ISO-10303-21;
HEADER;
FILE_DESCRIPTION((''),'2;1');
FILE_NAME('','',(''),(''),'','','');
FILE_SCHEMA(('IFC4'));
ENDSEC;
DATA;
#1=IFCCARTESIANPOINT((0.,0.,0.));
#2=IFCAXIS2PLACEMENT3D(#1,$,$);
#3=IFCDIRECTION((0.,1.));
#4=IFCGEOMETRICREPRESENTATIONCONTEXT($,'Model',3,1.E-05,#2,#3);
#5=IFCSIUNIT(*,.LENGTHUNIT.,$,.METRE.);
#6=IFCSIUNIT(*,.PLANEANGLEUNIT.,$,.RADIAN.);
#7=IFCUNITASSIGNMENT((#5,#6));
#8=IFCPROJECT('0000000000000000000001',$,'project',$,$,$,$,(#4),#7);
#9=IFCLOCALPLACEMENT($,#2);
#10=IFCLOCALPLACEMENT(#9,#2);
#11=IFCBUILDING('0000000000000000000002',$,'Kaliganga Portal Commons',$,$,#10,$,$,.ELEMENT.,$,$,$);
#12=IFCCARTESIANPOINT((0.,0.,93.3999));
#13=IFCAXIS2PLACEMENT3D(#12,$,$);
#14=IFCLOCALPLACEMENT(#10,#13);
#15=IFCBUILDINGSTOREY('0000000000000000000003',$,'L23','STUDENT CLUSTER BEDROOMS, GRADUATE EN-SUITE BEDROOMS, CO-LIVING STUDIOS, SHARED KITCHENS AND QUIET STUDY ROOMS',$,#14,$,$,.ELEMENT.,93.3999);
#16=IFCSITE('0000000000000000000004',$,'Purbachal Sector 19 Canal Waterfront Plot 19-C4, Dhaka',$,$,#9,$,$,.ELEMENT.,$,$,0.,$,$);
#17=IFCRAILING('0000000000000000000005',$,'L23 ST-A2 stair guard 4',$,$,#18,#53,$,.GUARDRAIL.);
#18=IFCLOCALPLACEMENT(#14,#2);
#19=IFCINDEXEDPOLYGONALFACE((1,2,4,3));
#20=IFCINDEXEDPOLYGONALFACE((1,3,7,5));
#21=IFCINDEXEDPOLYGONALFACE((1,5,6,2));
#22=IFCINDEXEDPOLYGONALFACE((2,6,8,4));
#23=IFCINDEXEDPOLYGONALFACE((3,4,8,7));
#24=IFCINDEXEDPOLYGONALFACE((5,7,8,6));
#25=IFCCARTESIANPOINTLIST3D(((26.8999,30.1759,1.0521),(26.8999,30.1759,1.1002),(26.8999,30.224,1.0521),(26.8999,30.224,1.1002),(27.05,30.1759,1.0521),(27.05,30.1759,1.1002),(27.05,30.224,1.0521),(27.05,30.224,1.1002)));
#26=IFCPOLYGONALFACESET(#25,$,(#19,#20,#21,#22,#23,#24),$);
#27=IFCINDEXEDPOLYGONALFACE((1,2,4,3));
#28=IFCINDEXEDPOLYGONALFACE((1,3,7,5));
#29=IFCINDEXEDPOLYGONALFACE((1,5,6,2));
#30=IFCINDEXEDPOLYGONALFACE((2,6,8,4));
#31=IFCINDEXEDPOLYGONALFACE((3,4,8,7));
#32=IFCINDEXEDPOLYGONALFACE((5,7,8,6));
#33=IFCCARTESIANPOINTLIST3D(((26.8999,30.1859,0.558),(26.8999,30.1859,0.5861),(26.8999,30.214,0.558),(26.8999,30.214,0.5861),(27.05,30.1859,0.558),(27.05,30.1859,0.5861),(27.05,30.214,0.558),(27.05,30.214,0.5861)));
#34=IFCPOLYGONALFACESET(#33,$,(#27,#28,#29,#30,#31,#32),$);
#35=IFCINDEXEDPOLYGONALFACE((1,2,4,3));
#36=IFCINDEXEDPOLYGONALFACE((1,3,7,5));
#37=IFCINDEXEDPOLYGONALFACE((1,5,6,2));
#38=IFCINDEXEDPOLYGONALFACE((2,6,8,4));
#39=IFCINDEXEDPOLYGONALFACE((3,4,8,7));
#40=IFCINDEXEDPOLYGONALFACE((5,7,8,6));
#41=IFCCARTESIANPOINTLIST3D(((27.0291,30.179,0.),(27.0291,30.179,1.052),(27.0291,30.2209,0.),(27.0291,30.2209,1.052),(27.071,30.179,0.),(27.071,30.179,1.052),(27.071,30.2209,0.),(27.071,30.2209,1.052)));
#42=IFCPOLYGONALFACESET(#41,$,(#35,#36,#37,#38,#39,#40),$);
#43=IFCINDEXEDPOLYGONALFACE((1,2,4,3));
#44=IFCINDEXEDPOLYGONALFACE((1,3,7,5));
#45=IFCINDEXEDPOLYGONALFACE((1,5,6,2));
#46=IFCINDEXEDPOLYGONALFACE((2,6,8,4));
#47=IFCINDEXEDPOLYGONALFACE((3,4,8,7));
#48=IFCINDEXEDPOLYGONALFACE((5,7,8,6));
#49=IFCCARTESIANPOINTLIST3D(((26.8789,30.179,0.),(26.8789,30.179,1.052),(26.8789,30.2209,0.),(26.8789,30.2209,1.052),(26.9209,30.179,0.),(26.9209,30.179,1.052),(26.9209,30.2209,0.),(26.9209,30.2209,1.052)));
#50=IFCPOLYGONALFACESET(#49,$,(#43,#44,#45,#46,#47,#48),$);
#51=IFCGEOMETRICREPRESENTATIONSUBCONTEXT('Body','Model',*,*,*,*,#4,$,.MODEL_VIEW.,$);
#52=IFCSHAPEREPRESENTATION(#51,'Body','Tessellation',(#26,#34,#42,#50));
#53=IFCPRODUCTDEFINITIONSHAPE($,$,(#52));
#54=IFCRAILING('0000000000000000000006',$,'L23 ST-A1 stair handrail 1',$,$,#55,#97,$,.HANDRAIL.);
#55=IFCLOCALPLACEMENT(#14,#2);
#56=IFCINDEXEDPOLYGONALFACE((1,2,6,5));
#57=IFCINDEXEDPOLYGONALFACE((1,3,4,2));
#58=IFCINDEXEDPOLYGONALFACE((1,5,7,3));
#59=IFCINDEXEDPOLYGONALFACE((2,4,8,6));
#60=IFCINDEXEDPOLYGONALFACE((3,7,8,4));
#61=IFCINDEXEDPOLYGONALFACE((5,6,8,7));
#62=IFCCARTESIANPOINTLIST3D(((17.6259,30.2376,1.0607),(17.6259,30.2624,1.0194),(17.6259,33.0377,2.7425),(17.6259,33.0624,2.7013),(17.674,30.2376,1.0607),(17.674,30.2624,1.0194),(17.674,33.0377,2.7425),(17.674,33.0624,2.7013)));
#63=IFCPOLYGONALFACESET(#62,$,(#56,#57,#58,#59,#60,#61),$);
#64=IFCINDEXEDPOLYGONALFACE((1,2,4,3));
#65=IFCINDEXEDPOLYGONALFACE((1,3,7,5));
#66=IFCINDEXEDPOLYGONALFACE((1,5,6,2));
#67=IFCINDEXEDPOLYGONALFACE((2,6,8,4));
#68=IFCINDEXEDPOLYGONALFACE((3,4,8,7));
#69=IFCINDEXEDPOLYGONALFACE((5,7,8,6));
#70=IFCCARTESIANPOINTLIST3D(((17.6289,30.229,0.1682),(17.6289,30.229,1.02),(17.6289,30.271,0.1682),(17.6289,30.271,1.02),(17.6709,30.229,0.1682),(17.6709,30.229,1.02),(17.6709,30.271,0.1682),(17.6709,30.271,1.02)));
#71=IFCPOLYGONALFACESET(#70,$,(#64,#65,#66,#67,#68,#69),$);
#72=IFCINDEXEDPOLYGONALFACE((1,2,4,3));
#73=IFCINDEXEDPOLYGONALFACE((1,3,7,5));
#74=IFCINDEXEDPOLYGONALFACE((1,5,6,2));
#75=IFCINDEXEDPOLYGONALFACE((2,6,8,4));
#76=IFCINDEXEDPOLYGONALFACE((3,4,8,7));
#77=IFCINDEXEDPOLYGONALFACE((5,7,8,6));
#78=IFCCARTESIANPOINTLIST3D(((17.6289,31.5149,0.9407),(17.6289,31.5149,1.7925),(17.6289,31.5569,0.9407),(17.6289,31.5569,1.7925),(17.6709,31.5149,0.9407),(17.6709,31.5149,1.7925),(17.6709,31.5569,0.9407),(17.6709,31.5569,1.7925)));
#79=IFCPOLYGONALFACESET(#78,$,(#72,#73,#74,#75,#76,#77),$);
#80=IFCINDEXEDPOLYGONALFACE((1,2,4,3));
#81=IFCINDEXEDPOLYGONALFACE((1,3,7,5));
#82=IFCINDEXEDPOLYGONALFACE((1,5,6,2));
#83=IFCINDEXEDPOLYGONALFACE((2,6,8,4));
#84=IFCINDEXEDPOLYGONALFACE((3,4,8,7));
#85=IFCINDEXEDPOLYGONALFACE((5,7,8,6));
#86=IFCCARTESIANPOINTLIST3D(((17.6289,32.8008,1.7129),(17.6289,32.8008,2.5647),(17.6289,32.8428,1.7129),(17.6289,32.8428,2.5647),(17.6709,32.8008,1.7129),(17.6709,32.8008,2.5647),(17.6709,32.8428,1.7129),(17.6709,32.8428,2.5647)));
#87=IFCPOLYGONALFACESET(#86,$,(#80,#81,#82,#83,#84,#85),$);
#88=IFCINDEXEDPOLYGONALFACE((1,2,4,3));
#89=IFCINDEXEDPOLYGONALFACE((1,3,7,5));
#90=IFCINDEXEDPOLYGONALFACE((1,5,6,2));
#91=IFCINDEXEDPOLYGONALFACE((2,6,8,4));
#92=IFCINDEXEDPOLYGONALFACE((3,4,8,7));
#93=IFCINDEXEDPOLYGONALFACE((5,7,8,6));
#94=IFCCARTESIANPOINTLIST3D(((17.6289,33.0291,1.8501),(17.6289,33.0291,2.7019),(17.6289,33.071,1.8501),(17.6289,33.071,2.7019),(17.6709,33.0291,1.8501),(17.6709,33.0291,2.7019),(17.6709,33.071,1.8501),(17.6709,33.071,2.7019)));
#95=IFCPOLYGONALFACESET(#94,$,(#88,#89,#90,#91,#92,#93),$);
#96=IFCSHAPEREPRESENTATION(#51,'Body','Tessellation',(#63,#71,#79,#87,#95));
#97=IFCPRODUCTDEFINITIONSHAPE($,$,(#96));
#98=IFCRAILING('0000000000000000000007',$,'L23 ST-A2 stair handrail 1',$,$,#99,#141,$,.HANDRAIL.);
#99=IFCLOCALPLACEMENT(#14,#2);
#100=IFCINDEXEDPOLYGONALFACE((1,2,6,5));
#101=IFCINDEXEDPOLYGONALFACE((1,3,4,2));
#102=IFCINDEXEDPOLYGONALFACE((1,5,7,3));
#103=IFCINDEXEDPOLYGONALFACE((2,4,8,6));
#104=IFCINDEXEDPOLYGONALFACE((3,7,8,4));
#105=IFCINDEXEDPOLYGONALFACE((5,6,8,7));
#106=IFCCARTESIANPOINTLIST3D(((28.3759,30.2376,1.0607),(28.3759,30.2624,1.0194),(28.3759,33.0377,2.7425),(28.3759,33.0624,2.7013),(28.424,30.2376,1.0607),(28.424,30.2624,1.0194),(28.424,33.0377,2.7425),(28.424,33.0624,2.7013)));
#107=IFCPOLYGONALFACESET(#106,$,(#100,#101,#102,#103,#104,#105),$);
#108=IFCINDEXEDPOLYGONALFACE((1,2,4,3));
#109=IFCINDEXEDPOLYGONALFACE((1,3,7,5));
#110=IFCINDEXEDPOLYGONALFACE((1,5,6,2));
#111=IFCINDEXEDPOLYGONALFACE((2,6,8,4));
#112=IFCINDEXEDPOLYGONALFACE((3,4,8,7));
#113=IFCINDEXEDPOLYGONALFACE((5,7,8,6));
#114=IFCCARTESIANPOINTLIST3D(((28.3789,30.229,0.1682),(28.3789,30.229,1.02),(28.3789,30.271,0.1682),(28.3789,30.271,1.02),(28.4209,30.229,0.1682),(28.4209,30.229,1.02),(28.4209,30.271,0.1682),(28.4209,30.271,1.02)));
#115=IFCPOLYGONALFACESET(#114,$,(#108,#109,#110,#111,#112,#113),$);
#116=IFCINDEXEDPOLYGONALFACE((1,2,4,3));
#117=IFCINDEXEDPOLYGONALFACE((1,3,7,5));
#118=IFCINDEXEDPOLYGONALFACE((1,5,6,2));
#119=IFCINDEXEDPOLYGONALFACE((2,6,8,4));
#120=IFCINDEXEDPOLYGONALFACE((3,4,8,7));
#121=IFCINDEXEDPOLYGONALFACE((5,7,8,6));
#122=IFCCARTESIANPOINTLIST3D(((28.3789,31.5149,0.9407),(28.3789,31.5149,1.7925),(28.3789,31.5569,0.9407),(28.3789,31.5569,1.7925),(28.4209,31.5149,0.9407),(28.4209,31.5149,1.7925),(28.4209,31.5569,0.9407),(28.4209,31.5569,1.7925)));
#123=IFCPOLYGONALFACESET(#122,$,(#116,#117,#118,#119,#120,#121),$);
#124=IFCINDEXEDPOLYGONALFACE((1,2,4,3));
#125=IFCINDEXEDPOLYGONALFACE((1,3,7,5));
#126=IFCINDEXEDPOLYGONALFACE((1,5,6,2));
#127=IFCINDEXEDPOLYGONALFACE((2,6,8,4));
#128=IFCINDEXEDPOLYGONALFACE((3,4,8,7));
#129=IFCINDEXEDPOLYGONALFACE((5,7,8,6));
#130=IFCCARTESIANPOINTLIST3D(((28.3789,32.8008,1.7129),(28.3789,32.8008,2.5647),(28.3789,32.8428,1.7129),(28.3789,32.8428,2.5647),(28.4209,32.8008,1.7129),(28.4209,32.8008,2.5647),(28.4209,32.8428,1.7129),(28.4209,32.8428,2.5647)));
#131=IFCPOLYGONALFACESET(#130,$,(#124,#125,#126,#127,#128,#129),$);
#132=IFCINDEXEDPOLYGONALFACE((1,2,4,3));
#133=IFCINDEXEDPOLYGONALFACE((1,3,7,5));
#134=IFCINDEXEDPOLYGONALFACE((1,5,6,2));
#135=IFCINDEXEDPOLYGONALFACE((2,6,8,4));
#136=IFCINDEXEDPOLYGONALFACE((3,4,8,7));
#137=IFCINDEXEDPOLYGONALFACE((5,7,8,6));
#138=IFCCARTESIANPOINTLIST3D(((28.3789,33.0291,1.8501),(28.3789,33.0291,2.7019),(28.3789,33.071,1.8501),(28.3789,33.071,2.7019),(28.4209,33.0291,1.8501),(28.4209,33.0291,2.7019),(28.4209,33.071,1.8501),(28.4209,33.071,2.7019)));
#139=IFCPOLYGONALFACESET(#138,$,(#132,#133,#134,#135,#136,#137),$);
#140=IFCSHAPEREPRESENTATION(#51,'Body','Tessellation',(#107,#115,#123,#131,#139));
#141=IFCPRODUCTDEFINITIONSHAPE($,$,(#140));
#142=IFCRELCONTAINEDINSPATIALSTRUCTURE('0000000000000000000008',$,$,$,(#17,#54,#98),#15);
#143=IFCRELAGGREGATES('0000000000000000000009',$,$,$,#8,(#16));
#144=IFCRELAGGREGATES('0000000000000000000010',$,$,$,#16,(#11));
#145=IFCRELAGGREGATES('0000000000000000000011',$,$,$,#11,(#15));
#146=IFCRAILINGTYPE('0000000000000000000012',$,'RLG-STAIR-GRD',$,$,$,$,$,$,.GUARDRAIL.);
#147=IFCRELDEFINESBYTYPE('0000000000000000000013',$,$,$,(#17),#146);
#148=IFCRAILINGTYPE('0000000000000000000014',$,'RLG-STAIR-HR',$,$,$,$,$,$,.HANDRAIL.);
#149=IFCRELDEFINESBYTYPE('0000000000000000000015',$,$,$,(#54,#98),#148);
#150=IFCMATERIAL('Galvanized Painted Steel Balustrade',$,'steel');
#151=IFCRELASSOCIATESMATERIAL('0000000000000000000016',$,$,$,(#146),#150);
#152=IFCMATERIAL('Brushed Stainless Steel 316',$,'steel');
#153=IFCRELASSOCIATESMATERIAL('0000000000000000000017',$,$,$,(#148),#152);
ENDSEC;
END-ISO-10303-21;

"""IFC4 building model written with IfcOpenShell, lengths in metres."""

from ifc_helpers import new_model, si_unit, direction, frame, origin, origin_2d, place, context, subcontext, project, spatial, rectangle, extrude, material, type_object, element, save


model = new_model("IFC4")

# Units and contexts
model_context = context("Model", 3, precision=1e-05, world=origin(), true_north=direction((0.0, 1.0)))
body_context = subcontext(model_context, "Body", "Model", "MODEL_VIEW")
ifc_project = project(units=[si_unit("LENGTHUNIT", "METRE"), si_unit("PLANEANGLEUNIT", "RADIAN")], contexts=[model_context])

# Site, building, storey
site_placement = place(None, origin())
site = spatial("IfcSite", under=ifc_project, at=site_placement, Name="Purbachal Sector 19 Canal Waterfront Plot 19-C4, Dhaka", CompositionType="ELEMENT", RefElevation=0.0)
building_placement = place(site_placement, origin())
building = spatial("IfcBuilding", under=site, at=building_placement, Name="Kaliganga Portal Commons", CompositionType="ELEMENT")
storey_placement = place(building_placement, frame((0.0, 0.0, 93.3999)))
storey = spatial("IfcBuildingStorey", under=building, at=storey_placement, Name="L23", Description="STUDENT CLUSTER BEDROOMS, GRADUATE EN-SUITE BEDROOMS, CO-LIVING STUDIOS, SHARED KITCHENS AND QUIET STUDY ROOMS", CompositionType="ELEMENT", Elevation=93.3999)

# Railings
ifc_material_1 = material(Name="Galvanized Painted Steel Balustrade", Category="steel")
railing_type_1 = type_object("IfcRailingType", Name="RLG-STAIR-GRD", PredefinedType="GUARDRAIL", material=ifc_material_1)
railing_1_placement = place(storey_placement, frame((27.05, 30.2, 0.0)))
element("IfcRailing", 1, at=railing_1_placement, inside=storey, type_object=railing_type_1, Name="L23 ST-A2 stair guard 4", PredefinedType="GUARDRAIL", context=body_context, shape_type="SweptSolid", body=[
    extrude(rectangle(XDim=0.0481, YDim=0.0481, at=origin_2d()), frame((0.0, 0.0, 1.0762), z_axis=(-1.0, 0.0, 0.0), x_axis=(0.0, -1.0, 0.0)), (0.0, 0.0, 1.0), 0.1501),
    extrude(rectangle(XDim=0.0281, YDim=0.0281, at=origin_2d()), frame((0.0, 0.0, 0.572), z_axis=(-1.0, 0.0, 0.0), x_axis=(0.0, -1.0, 0.0)), (0.0, 0.0, 1.0), 0.1501),
    extrude(rectangle(XDim=0.042, YDim=0.042, at=origin_2d()), origin(), (0.0, 0.0, 1.0), 1.052),
    extrude(rectangle(XDim=0.042, YDim=0.042, at=origin_2d()), frame((-0.1501, 0.0, 0.0)), (0.0, 0.0, 1.0), 1.052),
])
ifc_material_2 = material(Name="Brushed Stainless Steel 316", Category="steel")
railing_type_2 = type_object("IfcRailingType", Name="RLG-STAIR-HR", PredefinedType="HANDRAIL", material=ifc_material_2)
for number, where, name in (
    (2, (17.6499, 30.25, 0.1682), "L23 ST-A1 stair handrail 1"),
    (3, (28.3999, 30.25, 0.1682), "L23 ST-A2 stair handrail 1"),
):
    element("IfcRailing", number, at=place(storey_placement, frame(where)), inside=storey, type_object=railing_type_2, Name=name, PredefinedType="HANDRAIL", context=body_context, shape_type="SweptSolid", body=[
        extrude(rectangle(XDim=0.0481, YDim=0.0481, at=origin_2d()), frame((0.0, 0.0, 0.8718), z_axis=(0.0, 0.857242, 0.514913), x_axis=(-1.0, 0.0, 0.0)), (0.0, 0.0, 1.0), 3.2664),
        extrude(rectangle(XDim=0.042, YDim=0.042, at=origin_2d()), origin(), (0.0, 0.0, 1.0), 0.8518),
        extrude(rectangle(XDim=0.042, YDim=0.042, at=origin_2d()), frame((0.0, 1.2859, 0.7725)), (0.0, 0.0, 1.0), 0.8518),
        extrude(rectangle(XDim=0.042, YDim=0.042, at=origin_2d()), frame((0.0, 2.5718, 1.5447)), (0.0, 0.0, 1.0), 0.8518),
        extrude(rectangle(XDim=0.042, YDim=0.042, at=origin_2d()), frame((0.0, 2.8, 1.6819)), (0.0, 0.0, 1.0), 0.8518),
    ])

save(model, "model.ifc")
